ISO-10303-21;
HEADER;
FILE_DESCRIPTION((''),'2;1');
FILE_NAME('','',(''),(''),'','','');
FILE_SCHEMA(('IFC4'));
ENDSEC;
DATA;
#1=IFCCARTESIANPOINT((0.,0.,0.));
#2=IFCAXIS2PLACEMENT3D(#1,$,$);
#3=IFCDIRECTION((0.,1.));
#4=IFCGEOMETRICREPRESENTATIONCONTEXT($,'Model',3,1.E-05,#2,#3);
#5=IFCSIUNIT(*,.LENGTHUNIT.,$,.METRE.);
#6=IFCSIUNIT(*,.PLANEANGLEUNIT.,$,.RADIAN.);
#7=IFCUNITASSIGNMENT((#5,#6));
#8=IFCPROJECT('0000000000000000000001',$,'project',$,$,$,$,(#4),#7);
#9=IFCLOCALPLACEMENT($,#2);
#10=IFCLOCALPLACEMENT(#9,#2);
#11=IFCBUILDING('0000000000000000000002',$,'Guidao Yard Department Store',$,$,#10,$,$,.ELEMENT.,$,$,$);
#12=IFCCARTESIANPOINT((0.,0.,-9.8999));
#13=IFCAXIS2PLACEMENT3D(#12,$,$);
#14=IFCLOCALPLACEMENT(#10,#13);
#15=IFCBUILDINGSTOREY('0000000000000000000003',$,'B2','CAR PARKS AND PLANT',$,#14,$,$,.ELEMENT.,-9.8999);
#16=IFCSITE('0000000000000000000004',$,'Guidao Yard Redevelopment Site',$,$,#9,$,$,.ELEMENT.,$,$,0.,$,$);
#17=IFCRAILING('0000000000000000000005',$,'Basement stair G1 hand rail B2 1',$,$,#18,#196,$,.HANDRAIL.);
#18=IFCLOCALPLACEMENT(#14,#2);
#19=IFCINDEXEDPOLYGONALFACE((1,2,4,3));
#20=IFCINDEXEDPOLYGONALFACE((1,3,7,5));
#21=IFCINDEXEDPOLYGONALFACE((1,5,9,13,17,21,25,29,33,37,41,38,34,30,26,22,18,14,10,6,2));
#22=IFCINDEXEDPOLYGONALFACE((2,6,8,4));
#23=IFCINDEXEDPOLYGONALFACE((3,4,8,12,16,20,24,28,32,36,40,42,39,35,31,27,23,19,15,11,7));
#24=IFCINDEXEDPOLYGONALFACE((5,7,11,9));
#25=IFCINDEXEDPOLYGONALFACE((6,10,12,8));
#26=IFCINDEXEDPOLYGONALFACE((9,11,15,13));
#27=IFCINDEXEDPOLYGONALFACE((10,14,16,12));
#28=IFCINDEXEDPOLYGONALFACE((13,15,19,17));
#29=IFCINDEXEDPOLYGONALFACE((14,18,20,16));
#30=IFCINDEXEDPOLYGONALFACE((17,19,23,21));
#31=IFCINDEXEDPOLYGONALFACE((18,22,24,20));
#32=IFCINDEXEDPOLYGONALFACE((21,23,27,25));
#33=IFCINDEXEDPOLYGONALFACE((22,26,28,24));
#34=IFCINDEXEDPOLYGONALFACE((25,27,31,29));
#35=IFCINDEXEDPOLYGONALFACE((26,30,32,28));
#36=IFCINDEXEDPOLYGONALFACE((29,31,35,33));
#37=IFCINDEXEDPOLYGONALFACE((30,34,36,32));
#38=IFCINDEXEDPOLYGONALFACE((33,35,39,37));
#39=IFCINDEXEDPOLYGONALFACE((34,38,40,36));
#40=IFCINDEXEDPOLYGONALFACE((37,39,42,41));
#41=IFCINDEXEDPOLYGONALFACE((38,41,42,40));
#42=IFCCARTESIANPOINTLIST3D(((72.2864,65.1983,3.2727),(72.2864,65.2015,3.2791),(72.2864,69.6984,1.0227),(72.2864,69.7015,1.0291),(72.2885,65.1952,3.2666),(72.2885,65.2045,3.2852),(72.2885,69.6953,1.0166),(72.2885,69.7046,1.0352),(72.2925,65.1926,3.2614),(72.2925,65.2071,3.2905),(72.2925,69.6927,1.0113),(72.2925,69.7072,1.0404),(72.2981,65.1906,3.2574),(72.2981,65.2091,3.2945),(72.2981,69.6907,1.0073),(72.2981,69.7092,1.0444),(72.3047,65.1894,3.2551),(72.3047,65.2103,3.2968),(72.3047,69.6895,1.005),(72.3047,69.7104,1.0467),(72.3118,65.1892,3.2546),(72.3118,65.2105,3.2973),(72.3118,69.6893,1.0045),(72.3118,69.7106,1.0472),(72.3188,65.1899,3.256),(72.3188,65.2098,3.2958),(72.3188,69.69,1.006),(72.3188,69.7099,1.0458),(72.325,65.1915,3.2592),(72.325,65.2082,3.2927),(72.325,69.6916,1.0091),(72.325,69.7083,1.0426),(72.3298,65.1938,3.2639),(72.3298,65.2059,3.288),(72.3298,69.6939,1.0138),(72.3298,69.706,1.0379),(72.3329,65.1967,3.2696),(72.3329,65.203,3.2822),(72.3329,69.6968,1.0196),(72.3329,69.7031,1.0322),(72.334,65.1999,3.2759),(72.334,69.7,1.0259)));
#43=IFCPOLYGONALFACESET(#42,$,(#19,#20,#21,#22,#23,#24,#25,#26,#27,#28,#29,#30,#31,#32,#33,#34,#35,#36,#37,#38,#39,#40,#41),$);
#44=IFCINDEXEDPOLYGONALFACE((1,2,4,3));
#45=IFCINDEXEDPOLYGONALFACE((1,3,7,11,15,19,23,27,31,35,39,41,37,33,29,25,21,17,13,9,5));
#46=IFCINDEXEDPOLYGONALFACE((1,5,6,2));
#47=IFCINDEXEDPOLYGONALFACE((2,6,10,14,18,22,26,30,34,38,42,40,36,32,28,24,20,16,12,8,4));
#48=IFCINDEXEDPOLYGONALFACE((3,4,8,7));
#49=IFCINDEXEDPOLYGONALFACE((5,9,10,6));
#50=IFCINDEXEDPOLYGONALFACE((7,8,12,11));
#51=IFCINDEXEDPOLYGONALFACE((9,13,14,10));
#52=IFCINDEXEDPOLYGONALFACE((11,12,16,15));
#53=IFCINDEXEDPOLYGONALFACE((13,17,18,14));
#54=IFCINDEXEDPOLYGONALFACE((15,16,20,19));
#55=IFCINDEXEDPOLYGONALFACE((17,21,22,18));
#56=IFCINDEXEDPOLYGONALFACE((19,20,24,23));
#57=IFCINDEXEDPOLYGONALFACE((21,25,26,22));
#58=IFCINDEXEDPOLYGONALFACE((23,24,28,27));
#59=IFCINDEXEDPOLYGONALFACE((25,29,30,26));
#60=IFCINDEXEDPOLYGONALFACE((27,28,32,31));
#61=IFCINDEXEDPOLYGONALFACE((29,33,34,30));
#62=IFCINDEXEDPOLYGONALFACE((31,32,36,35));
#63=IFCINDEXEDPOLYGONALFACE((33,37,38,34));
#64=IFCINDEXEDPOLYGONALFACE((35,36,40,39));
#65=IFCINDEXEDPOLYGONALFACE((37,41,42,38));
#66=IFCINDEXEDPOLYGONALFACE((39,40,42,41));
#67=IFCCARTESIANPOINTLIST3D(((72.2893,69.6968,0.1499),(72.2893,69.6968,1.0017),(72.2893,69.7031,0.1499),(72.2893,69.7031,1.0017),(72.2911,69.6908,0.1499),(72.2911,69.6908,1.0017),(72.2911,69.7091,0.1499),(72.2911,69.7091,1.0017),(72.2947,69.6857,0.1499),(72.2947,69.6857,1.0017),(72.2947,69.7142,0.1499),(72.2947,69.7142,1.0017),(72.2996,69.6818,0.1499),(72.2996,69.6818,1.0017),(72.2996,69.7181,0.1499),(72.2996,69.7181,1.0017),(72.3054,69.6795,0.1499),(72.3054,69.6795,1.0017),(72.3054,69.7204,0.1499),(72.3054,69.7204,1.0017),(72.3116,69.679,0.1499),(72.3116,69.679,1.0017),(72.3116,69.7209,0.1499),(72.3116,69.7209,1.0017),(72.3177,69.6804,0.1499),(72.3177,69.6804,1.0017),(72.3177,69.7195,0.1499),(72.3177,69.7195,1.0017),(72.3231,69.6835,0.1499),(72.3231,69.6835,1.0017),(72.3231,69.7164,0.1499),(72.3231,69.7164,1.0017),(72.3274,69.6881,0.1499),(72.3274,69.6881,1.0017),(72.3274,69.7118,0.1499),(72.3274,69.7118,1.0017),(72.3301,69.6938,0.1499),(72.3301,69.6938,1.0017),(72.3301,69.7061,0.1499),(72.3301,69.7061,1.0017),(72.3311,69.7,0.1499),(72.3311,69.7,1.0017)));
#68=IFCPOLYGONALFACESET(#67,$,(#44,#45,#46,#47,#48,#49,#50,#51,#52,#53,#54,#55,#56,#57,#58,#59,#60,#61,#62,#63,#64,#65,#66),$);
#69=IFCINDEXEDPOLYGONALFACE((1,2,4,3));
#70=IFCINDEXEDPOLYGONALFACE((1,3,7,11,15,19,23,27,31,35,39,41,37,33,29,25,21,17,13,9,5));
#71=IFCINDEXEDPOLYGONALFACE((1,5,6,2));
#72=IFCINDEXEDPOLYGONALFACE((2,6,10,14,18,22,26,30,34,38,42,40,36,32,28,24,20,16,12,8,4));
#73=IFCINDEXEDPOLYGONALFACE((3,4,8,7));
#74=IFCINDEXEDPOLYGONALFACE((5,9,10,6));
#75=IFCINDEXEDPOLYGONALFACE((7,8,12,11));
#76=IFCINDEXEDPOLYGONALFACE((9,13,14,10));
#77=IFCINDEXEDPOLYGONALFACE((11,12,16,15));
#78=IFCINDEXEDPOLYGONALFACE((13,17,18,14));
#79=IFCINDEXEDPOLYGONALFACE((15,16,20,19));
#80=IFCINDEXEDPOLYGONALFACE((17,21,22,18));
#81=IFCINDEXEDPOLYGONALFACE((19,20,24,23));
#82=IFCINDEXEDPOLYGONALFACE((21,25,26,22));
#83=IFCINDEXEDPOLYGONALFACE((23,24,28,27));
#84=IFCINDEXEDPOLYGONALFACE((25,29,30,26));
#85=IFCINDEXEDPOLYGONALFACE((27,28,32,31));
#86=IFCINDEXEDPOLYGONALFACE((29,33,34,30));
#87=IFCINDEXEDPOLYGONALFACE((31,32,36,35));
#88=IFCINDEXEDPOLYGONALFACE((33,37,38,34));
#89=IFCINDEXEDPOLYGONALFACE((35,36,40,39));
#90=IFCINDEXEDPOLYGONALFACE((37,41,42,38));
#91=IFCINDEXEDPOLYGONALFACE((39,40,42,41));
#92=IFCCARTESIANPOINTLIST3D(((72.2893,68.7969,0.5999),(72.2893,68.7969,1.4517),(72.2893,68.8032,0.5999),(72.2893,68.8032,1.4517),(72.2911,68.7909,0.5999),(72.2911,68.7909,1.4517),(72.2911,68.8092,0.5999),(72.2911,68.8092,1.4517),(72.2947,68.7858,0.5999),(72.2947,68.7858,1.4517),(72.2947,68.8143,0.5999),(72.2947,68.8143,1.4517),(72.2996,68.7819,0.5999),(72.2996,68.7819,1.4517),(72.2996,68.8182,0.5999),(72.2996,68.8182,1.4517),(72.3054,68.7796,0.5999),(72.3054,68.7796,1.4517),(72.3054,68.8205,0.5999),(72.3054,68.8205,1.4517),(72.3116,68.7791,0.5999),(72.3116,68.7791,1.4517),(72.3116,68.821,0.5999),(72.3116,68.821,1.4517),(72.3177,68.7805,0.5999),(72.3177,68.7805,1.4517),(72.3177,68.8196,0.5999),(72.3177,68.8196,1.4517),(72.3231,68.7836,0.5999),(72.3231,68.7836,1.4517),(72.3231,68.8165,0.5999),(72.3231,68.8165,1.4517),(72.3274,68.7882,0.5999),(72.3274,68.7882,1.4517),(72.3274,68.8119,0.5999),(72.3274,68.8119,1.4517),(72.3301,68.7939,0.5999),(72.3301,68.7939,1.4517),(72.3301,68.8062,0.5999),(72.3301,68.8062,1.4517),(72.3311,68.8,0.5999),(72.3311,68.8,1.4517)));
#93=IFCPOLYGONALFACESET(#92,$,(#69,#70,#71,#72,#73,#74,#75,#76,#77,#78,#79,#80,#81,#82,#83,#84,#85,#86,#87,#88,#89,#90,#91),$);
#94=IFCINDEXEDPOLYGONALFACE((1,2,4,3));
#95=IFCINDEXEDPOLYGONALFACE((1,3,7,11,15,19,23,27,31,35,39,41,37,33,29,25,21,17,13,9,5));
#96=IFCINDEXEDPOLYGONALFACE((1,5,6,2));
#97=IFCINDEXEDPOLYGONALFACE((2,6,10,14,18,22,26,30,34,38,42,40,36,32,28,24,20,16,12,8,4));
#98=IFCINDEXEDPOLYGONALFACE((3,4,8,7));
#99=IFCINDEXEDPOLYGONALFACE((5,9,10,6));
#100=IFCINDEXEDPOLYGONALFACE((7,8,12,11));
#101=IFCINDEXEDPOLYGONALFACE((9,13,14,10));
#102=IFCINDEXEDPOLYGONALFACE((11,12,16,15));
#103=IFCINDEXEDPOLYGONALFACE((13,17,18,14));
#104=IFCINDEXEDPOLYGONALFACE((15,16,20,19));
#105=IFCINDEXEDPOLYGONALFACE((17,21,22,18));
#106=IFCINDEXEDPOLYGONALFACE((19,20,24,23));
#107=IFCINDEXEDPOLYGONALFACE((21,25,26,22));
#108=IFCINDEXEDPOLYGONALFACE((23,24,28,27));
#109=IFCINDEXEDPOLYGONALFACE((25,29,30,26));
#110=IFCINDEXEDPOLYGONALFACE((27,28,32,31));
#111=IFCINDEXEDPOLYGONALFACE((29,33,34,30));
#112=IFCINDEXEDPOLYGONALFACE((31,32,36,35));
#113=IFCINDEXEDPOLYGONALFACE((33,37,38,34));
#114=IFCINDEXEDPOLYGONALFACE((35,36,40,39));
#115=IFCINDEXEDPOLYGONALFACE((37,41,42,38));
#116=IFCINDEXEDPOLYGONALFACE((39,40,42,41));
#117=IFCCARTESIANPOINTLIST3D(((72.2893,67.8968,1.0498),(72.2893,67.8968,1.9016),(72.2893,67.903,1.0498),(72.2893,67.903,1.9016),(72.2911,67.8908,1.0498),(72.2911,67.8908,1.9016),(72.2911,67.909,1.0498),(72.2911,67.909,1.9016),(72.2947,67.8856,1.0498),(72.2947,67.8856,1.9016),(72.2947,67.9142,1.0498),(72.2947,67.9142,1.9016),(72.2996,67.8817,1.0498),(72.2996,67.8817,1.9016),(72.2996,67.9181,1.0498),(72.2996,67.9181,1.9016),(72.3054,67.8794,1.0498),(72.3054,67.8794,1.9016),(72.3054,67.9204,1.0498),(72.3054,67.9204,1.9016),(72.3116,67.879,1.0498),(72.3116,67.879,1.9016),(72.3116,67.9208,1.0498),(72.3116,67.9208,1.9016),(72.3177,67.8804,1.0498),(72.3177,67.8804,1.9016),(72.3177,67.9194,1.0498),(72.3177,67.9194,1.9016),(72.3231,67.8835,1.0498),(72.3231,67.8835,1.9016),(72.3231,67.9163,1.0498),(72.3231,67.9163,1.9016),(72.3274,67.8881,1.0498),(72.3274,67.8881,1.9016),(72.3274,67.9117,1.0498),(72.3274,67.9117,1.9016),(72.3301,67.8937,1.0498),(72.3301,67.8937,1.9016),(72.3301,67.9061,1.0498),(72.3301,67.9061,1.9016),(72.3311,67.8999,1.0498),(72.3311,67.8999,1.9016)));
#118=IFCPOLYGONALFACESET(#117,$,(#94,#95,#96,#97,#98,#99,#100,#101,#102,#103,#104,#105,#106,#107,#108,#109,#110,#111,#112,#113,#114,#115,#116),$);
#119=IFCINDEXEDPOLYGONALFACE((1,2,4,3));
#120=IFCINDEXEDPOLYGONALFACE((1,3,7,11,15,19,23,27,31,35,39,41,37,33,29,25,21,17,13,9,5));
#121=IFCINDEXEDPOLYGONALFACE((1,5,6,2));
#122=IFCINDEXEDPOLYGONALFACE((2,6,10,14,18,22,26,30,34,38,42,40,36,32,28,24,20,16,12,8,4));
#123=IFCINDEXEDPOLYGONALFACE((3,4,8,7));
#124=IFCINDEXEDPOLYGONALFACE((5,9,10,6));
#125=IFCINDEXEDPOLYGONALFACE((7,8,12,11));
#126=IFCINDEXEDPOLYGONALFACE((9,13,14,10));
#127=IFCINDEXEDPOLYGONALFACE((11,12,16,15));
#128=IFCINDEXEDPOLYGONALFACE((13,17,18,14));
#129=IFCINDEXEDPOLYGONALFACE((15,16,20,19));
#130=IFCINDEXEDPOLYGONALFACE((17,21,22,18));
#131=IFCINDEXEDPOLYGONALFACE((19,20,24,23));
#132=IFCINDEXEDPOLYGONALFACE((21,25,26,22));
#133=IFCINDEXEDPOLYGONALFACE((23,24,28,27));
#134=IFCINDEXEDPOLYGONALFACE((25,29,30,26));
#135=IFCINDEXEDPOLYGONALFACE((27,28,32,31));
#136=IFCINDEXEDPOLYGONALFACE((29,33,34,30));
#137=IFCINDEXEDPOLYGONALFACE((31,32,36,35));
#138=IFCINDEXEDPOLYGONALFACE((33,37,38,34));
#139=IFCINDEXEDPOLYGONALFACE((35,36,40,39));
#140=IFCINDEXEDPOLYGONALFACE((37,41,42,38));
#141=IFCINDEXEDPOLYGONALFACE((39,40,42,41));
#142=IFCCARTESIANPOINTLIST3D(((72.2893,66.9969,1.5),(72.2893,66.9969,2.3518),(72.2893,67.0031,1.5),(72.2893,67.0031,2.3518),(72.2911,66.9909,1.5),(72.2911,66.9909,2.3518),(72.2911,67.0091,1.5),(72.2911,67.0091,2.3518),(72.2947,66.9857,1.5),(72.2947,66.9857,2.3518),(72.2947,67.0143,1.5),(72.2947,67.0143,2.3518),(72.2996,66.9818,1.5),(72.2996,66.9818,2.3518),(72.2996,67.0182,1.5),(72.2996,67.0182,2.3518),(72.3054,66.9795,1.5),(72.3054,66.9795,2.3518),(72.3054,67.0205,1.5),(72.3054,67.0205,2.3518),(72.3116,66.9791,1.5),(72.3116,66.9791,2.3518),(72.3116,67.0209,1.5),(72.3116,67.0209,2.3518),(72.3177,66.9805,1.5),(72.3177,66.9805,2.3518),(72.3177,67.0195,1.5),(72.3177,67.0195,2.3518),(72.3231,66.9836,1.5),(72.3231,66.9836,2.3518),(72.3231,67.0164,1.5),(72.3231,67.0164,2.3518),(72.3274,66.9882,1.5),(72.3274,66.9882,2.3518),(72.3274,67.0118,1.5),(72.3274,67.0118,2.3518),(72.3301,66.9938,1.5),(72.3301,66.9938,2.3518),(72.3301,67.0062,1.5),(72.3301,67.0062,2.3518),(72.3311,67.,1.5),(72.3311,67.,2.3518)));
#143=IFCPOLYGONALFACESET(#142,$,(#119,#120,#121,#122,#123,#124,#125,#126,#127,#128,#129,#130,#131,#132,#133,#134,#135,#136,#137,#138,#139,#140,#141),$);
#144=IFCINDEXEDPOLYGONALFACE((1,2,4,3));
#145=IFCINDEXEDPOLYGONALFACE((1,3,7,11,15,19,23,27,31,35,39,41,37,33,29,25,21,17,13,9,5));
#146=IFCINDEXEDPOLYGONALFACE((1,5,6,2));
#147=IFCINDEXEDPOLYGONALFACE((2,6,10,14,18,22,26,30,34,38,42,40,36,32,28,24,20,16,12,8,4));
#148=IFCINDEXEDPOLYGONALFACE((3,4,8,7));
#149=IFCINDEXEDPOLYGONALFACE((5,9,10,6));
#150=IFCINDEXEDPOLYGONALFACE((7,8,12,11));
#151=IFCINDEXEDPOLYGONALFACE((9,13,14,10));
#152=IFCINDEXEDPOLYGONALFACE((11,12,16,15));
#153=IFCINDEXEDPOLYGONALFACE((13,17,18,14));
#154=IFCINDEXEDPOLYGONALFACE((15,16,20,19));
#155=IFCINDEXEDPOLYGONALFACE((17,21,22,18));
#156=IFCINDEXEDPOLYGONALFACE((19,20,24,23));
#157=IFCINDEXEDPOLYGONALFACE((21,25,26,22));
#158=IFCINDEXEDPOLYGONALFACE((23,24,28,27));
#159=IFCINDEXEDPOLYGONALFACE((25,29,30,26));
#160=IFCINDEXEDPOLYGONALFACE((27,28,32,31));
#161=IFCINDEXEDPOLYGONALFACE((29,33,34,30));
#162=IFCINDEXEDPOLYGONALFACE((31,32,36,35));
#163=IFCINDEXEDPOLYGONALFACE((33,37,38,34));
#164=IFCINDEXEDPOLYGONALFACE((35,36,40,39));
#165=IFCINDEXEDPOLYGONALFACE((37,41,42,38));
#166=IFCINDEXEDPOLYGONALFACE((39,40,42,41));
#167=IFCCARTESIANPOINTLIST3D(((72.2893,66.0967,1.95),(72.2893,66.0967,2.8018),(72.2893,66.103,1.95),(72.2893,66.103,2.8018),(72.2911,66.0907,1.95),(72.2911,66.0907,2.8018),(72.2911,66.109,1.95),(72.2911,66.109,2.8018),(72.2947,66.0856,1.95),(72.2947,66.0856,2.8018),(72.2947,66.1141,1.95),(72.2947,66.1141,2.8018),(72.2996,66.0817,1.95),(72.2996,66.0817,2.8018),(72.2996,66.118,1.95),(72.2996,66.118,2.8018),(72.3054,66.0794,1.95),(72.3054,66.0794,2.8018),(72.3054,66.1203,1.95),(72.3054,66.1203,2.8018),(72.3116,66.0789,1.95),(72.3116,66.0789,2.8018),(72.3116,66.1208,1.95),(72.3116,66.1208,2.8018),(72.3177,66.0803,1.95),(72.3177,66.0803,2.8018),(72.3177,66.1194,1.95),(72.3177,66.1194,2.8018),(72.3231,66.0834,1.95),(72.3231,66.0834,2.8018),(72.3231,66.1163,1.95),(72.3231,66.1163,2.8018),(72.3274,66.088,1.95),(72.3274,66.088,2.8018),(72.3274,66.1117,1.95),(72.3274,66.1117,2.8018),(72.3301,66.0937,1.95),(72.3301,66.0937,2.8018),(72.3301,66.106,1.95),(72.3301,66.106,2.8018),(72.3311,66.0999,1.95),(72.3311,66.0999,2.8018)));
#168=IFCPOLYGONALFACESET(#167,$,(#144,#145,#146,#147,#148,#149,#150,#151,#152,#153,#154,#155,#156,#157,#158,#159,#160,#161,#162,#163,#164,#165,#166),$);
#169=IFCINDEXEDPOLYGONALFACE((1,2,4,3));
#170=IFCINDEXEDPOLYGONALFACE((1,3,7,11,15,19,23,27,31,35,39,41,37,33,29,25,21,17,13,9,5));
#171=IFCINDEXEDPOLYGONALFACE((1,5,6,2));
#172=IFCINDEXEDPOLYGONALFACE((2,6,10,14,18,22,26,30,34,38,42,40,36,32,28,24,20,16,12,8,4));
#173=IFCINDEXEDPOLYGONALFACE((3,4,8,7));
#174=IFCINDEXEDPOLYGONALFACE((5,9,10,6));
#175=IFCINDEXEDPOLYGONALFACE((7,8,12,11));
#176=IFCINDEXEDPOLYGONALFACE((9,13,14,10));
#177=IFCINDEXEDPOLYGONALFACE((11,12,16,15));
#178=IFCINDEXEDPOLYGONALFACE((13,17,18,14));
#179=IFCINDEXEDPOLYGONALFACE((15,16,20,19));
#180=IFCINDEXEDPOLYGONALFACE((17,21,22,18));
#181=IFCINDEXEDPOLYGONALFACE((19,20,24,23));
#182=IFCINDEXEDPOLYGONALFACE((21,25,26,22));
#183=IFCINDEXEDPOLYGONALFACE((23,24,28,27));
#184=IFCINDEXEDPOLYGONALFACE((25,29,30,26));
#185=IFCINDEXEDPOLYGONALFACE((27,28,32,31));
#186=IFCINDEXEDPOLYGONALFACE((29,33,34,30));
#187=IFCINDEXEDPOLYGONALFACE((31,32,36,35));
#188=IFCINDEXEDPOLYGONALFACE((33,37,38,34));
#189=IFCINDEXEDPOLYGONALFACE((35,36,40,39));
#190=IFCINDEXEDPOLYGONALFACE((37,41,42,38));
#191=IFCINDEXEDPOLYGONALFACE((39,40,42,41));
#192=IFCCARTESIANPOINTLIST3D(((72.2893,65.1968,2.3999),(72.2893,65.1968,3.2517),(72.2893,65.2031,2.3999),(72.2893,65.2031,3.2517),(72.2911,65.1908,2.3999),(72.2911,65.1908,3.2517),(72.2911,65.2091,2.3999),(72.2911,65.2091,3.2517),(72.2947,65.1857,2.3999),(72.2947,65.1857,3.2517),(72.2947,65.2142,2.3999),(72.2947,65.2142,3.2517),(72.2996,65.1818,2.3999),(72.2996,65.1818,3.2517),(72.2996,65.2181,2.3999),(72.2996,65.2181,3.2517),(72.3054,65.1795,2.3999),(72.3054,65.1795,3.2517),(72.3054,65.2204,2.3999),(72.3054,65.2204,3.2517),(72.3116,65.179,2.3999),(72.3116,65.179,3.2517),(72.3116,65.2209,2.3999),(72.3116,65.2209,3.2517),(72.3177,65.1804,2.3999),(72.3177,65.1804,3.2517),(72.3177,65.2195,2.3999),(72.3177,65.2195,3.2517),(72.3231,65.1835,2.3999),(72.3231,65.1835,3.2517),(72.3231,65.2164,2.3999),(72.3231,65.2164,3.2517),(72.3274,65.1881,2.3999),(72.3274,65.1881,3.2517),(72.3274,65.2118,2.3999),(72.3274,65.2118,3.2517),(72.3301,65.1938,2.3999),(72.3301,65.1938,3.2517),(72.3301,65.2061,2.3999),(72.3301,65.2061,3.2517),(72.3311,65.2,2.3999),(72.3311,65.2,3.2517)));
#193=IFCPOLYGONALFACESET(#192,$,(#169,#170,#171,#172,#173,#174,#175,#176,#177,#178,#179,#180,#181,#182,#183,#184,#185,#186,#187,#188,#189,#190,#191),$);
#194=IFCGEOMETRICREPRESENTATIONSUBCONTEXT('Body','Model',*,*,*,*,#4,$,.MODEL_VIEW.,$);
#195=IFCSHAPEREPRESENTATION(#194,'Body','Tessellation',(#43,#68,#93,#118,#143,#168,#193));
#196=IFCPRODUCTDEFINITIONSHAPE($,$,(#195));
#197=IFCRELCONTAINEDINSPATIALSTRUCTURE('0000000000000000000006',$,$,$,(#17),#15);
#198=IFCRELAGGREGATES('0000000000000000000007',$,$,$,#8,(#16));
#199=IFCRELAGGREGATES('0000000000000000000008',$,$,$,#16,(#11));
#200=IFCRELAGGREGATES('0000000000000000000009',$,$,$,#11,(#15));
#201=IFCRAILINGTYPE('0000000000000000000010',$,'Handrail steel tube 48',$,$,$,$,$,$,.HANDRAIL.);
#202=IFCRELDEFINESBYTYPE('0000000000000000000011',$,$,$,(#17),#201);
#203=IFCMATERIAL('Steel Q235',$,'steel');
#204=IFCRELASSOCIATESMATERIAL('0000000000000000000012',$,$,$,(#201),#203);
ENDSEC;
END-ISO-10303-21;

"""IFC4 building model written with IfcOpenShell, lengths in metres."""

from ifc_helpers import new_model, si_unit, direction, frame, origin, origin_2d, place, context, subcontext, project, spatial, circle, extrude, material, type_object, element, save


model = new_model("IFC4")

# Units and contexts
model_context = context("Model", 3, precision=1e-05, world=origin(), true_north=direction((0.0, 1.0)))
body_context = subcontext(model_context, "Body", "Model", "MODEL_VIEW")
ifc_project = project(units=[si_unit("LENGTHUNIT", "METRE"), si_unit("PLANEANGLEUNIT", "RADIAN")], contexts=[model_context])

# Site, building, storey
site_placement = place(None, origin())
site = spatial("IfcSite", under=ifc_project, at=site_placement, Name="Guidao Yard Redevelopment Site", CompositionType="ELEMENT", RefElevation=0.0)
building_placement = place(site_placement, origin())
building = spatial("IfcBuilding", under=site, at=building_placement, Name="Guidao Yard Department Store", CompositionType="ELEMENT")
storey_placement = place(building_placement, frame((0.0, 0.0, -9.8999)))
storey = spatial("IfcBuildingStorey", under=building, at=storey_placement, Name="B2", Description="CAR PARKS AND PLANT", CompositionType="ELEMENT", Elevation=-9.8999)

# Railing
ifc_material_1 = material(Name="Steel Q235", Category="steel")
railing_type_1 = type_object("IfcRailingType", Name="Handrail steel tube 48", PredefinedType="HANDRAIL", material=ifc_material_1)
for number, where, name in (
    (1, (72.3101, 69.7, 0.1499), "Basement stair G1 hand rail B2 1"),
):
    element("IfcRailing", number, at=place(storey_placement, frame(where)), inside=storey, type_object=railing_type_1, Name=name, PredefinedType="HANDRAIL", context=body_context, shape_type="SweptSolid", body=[
        extrude(circle(Radius=0.0239, at=origin_2d()), frame((0.0, 0.0, 0.876), z_axis=(0.0, -0.894427, 0.447214), x_axis=(1.0, 0.0, 0.0)), (0.0, 0.0, 1.0), 5.0312),
        extrude(circle(Radius=0.021, at=origin_2d()), origin(), (0.0, 0.0, 1.0), 0.8518),
        extrude(circle(Radius=0.021, at=origin_2d()), frame((0.0, -0.8999, 0.45)), (0.0, 0.0, 1.0), 0.8518),
        extrude(circle(Radius=0.021, at=origin_2d()), frame((0.0, -1.8, 0.8999)), (0.0, 0.0, 1.0), 0.8518),
        extrude(circle(Radius=0.021, at=origin_2d()), frame((0.0, -2.7, 1.3501)), (0.0, 0.0, 1.0), 0.8518),
        extrude(circle(Radius=0.021, at=origin_2d()), frame((0.0, -3.6001, 1.8)), (0.0, 0.0, 1.0), 0.8518),
        extrude(circle(Radius=0.021, at=origin_2d()), frame((0.0, -4.5, 2.25)), (0.0, 0.0, 1.0), 0.8518),
    ])

save(model, "model.ifc")
